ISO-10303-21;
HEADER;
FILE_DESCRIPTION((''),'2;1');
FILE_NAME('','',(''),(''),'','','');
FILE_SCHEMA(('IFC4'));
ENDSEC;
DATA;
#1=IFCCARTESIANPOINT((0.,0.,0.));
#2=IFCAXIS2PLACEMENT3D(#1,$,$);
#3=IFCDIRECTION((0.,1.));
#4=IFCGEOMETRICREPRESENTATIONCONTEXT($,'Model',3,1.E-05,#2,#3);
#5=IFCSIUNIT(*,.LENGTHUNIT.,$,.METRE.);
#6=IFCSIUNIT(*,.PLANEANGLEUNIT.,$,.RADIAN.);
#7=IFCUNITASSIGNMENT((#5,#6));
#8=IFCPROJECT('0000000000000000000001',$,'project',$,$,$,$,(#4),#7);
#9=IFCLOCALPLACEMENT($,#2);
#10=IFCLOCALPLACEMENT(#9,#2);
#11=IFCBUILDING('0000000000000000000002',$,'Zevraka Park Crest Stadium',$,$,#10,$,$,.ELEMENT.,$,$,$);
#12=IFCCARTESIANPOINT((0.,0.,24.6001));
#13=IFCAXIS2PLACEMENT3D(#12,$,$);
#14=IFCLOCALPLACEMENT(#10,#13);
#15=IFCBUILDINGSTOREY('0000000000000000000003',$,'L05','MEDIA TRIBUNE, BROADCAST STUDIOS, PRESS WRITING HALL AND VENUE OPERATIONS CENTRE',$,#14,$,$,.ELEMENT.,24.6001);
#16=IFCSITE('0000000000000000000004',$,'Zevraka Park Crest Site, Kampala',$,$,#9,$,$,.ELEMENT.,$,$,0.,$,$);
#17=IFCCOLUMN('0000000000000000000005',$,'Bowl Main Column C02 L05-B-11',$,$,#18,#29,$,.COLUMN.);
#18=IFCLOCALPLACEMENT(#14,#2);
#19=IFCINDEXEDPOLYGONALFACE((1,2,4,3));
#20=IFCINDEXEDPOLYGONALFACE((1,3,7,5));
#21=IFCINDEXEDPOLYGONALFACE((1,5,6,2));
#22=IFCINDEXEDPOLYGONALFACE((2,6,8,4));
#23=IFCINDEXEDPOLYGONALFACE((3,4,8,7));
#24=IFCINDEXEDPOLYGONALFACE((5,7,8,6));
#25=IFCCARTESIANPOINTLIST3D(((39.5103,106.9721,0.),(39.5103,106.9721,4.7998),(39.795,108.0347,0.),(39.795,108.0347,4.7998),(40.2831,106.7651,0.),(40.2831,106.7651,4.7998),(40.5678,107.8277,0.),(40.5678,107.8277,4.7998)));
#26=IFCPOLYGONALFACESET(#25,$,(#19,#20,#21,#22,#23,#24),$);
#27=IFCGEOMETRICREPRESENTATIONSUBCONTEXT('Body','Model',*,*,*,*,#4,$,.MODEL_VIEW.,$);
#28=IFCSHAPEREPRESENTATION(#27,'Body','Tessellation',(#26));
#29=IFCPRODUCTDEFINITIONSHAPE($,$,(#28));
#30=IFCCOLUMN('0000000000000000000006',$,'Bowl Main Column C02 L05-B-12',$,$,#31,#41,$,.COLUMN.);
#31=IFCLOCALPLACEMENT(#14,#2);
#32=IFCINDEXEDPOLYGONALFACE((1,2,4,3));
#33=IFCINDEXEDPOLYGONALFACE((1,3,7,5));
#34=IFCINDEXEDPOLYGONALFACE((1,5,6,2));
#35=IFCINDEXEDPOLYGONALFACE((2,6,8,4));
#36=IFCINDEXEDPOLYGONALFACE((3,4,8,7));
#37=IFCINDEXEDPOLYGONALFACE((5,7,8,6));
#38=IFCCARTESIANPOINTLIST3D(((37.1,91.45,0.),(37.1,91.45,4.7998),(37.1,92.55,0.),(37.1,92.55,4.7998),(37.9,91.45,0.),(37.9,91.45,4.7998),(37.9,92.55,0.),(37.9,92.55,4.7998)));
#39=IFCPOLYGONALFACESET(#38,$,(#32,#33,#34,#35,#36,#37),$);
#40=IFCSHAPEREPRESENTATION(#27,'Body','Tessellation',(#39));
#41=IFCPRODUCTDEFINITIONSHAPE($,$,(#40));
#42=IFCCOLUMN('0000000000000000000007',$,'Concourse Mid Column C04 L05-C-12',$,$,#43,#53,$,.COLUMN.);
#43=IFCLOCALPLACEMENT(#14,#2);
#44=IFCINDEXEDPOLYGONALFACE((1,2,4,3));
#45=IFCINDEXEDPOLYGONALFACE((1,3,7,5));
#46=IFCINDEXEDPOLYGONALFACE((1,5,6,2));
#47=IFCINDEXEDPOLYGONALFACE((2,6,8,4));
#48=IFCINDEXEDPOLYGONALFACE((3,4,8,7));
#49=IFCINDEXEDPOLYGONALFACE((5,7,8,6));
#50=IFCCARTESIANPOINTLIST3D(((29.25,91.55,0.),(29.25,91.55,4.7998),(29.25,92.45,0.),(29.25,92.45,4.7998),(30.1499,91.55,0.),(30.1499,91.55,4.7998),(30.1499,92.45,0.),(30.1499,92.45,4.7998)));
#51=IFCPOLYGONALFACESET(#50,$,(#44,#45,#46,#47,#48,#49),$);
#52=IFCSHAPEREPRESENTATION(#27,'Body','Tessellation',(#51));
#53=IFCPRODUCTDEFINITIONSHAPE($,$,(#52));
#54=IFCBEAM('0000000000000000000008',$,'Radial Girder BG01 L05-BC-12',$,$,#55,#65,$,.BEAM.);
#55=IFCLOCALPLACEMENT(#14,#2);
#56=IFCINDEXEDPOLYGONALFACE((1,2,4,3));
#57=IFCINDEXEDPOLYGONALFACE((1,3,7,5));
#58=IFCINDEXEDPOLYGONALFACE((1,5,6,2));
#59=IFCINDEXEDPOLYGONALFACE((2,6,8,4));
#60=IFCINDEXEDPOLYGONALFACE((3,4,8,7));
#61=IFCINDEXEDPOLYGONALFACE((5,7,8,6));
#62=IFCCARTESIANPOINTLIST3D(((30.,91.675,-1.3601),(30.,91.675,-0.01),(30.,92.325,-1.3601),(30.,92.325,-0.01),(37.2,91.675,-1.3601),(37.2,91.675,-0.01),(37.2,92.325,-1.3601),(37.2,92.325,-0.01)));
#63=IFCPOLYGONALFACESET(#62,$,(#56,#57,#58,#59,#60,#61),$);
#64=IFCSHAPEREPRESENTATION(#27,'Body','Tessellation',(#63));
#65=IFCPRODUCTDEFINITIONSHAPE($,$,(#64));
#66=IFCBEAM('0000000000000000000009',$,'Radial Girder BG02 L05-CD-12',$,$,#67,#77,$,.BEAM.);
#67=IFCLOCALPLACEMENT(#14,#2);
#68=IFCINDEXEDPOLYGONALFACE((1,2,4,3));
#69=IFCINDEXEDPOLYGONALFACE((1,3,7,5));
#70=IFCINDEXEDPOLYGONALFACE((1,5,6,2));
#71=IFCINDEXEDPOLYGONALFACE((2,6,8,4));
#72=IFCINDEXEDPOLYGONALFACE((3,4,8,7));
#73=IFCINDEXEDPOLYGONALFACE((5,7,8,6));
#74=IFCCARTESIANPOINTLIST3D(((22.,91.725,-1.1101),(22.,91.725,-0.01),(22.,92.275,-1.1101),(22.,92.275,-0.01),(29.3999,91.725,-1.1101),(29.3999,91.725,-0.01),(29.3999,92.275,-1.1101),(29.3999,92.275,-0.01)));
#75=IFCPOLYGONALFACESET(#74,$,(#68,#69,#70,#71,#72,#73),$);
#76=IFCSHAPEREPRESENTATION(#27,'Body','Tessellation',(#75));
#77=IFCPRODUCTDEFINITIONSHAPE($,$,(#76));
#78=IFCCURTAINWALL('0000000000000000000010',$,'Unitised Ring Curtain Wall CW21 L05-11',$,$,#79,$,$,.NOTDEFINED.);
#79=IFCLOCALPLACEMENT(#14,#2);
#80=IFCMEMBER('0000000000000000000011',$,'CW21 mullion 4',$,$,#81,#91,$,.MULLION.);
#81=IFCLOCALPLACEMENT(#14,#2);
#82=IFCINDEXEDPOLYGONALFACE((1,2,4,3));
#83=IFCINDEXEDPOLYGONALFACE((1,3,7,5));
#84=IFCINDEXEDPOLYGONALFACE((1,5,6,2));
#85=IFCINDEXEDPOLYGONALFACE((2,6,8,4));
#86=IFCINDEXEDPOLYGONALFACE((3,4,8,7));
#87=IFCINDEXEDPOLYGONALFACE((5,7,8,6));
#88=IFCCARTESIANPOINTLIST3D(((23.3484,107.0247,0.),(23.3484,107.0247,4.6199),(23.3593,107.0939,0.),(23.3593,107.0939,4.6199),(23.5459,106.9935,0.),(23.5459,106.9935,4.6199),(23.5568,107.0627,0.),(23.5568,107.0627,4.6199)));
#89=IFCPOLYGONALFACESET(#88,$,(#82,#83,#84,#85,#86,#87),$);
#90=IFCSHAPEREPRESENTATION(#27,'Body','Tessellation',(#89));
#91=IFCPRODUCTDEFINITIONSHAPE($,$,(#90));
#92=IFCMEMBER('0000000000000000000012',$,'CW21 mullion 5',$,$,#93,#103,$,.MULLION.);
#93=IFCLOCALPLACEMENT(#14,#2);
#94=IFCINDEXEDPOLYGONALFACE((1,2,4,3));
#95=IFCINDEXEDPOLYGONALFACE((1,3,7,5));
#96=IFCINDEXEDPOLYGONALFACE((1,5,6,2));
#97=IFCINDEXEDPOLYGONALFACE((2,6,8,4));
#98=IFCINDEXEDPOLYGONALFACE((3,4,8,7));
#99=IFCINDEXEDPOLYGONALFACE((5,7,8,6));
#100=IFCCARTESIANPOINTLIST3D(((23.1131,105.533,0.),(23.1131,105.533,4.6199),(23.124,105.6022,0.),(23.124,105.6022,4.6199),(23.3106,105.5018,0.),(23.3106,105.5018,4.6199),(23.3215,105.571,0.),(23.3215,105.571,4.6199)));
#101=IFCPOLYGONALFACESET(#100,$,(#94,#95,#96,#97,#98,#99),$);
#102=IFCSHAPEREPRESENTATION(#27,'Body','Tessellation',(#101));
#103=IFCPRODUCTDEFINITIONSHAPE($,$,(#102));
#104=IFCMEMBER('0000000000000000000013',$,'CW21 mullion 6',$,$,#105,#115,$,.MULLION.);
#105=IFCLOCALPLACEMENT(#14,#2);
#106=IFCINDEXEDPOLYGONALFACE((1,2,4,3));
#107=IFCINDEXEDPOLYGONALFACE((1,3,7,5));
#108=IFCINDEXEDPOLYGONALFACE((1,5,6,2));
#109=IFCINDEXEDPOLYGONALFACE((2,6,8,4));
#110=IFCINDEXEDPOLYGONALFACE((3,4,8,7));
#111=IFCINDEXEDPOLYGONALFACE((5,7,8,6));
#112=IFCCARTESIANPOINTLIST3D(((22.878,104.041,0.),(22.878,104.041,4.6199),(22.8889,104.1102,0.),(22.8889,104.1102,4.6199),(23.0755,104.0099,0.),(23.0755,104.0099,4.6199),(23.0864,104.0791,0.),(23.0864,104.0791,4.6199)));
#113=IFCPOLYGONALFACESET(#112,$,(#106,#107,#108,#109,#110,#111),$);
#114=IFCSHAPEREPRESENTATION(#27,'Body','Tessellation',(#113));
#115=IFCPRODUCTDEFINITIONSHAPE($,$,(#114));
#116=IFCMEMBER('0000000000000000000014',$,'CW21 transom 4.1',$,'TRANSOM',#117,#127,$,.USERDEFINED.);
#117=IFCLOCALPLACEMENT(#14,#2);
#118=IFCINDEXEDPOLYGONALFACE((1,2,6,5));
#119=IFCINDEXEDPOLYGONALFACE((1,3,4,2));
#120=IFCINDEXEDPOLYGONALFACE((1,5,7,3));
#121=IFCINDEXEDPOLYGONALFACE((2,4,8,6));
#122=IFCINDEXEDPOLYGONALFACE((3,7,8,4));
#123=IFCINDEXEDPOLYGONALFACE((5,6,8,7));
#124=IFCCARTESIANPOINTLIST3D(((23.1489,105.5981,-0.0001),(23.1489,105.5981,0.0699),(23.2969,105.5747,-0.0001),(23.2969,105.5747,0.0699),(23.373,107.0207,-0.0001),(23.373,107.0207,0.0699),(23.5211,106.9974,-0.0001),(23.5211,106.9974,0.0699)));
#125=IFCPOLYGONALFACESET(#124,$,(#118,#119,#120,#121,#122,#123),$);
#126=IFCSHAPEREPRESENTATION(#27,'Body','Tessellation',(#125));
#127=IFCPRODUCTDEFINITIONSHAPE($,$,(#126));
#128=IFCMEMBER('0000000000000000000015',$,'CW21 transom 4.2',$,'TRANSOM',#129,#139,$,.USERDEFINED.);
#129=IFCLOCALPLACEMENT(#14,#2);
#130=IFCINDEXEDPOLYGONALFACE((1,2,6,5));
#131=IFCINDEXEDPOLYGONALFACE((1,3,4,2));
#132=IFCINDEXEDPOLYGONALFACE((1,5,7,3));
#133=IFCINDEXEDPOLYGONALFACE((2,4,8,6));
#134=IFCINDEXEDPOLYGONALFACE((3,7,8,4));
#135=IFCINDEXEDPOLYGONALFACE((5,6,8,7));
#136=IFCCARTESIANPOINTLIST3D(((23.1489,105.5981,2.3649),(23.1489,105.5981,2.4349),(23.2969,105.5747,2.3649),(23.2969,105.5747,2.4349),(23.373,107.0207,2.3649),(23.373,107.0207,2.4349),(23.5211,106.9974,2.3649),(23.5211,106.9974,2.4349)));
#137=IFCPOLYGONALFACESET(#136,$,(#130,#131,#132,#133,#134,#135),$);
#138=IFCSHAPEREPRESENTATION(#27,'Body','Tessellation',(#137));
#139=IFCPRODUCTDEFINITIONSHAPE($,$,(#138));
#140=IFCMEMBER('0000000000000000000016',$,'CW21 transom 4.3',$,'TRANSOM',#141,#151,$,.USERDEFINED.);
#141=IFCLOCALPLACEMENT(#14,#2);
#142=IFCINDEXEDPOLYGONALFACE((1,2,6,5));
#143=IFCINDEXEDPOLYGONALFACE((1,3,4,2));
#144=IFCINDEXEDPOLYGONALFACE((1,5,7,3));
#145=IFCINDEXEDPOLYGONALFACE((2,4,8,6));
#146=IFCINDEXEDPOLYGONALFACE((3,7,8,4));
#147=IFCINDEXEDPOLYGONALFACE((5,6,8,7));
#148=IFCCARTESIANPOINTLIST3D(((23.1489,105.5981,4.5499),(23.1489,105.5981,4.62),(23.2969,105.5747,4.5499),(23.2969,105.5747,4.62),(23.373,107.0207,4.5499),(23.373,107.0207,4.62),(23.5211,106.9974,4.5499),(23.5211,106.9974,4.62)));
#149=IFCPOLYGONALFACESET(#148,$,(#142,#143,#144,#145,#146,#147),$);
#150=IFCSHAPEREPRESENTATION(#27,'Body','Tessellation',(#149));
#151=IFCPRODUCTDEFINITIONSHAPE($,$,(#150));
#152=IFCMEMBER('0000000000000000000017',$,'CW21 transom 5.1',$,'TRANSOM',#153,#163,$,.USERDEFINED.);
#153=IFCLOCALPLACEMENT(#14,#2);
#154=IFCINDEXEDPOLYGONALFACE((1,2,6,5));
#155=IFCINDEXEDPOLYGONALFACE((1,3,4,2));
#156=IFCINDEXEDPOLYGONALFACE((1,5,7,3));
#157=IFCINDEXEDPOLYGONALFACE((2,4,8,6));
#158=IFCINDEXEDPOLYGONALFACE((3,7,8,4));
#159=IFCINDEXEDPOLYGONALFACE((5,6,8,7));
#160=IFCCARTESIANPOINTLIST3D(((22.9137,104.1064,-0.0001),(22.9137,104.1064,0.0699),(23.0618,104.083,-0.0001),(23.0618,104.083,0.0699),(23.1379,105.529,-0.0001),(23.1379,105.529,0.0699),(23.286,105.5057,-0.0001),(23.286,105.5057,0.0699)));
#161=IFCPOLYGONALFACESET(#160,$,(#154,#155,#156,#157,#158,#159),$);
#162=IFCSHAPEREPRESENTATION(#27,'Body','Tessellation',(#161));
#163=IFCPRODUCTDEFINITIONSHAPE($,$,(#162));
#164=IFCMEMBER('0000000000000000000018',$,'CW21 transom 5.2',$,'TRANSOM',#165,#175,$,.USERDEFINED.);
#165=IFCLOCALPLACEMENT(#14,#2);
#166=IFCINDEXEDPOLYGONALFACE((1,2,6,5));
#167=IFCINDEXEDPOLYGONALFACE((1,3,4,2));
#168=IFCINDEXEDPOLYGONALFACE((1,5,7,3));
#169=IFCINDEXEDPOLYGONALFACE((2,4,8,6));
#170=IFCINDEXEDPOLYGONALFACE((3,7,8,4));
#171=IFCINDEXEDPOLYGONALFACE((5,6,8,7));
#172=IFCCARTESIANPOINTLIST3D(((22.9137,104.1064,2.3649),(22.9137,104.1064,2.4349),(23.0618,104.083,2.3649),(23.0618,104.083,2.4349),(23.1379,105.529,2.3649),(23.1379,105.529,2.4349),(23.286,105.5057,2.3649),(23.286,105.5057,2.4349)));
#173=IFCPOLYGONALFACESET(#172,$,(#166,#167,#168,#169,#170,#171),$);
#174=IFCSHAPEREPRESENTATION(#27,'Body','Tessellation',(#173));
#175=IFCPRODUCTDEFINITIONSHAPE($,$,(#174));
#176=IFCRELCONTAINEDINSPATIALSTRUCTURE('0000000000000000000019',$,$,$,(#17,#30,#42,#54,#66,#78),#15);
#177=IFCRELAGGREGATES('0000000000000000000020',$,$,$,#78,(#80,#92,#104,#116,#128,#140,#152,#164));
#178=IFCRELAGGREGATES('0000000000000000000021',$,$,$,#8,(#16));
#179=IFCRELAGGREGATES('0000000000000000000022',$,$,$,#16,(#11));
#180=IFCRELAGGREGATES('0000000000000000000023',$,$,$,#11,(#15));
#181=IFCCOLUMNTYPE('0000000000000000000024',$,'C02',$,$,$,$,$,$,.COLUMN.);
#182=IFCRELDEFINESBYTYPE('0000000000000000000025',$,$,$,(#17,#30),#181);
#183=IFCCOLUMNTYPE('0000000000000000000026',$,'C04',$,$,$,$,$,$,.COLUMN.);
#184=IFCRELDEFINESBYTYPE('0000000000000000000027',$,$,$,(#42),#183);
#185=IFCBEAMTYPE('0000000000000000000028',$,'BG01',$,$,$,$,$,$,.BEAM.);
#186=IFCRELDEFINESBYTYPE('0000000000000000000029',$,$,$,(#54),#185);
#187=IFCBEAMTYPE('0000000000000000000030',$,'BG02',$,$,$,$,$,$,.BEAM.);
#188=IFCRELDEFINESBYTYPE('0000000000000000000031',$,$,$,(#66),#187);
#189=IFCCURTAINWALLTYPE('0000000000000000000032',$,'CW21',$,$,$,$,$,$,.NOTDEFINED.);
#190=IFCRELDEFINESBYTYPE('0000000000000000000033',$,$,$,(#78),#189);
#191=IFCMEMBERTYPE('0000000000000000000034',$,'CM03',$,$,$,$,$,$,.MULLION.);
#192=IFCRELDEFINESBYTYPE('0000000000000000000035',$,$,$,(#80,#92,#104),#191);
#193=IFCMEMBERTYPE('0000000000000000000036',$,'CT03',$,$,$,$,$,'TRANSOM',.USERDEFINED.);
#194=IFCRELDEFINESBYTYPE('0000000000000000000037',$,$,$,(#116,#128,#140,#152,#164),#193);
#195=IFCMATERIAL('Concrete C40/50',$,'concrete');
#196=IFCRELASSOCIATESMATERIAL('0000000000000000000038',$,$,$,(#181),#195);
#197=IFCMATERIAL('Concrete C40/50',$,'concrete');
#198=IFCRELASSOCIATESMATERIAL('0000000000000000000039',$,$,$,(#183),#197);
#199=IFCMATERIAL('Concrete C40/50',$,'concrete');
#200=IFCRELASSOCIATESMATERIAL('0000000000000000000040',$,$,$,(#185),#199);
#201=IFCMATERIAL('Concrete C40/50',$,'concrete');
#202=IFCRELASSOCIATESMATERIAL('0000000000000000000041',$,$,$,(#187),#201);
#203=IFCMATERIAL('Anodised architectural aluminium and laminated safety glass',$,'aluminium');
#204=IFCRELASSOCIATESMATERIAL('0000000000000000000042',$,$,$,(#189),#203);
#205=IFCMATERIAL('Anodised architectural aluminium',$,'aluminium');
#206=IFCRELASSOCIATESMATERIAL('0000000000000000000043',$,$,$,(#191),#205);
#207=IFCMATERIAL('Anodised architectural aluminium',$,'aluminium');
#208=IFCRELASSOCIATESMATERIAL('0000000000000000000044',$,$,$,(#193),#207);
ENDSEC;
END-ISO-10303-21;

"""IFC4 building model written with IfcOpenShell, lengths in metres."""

from ifc_helpers import new_model, si_unit, direction, frame, origin, origin_2d, place, context, subcontext, project, spatial, rectangle, extrude, material, material_profile, profile_set, type_object, element, aggregate, save


model = new_model("IFC4")

# Units and contexts
model_context = context("Model", 3, precision=1e-05, world=origin(), true_north=direction((0.0, 1.0)))
body_context = subcontext(model_context, "Body", "Model", "MODEL_VIEW")
ifc_project = project(units=[si_unit("LENGTHUNIT", "METRE"), si_unit("PLANEANGLEUNIT", "RADIAN")], contexts=[model_context])

# Site, building, storey
site_placement = place(None, origin())
site = spatial("IfcSite", under=ifc_project, at=site_placement, Name="Zevraka Park Crest Site, Kampala", CompositionType="ELEMENT", RefElevation=0.0)
building_placement = place(site_placement, origin())
building = spatial("IfcBuilding", under=site, at=building_placement, Name="Zevraka Park Crest Stadium", CompositionType="ELEMENT")
storey_placement = place(building_placement, frame((0.0, 0.0, 24.6001)))
storey = spatial("IfcBuildingStorey", under=building, at=storey_placement, Name="L05", Description="MEDIA TRIBUNE, BROADCAST STUDIOS, PRESS WRITING HALL AND VENUE OPERATIONS CENTRE", CompositionType="ELEMENT", Elevation=24.6001)

# Columns
ifc_material_1 = material(Name="Concrete C40/50", Category="concrete")
ifc_material_profile_1 = material_profile(ifc_material_1, rectangle(XDim=0.8, YDim=1.1001, at=origin_2d()), Name="RC 1100x800")
ifc_profile_set_1 = profile_set([ifc_material_profile_1], Name="Concrete C40/50")
column_type_1 = type_object("IfcColumnType", Name="C02", PredefinedType="COLUMN", material=ifc_profile_set_1)
for number, where, z_axis, x_axis, name in (
    (1, (40.0391, 107.3999, 0.0), (0.0, 0.0, 1.0), (-0.965926, 0.258819, 0.0), "Bowl Main Column C02 L05-B-11"),
    (2, (37.5, 92.0, 0.0), (0.0, 0.0, 1.0), (1.0, 0.0, 0.0), "Bowl Main Column C02 L05-B-12"),
):
    element("IfcColumn", number, at=place(storey_placement, frame(where, z_axis=z_axis, x_axis=x_axis)), inside=storey, type_object=column_type_1, Name=name, PredefinedType="COLUMN", context=body_context, shape_type="SweptSolid", body=[
        extrude(rectangle(XDim=0.8, YDim=1.1001, at=origin_2d()), origin(), (0.0, 0.0, 1.0), 4.7998),
    ])
ifc_material_2 = material(Name="Concrete C40/50", Category="concrete")
ifc_material_profile_2 = material_profile(ifc_material_2, rectangle(XDim=0.8999, YDim=0.8999, at=origin_2d()), Name="RC 900x900")
ifc_profile_set_2 = profile_set([ifc_material_profile_2], Name="Concrete C40/50")
column_type_2 = type_object("IfcColumnType", Name="C04", PredefinedType="COLUMN", material=ifc_profile_set_2)
column_placement = place(storey_placement, frame((29.7, 92.0, 0.0), z_axis=(0.0, 0.0, 1.0), x_axis=(1.0, 0.0, 0.0)))
element("IfcColumn", 3, at=column_placement, inside=storey, type_object=column_type_2, Name="Concourse Mid Column C04 L05-C-12", PredefinedType="COLUMN", context=body_context, shape_type="SweptSolid", body=[
    extrude(rectangle(XDim=0.8999, YDim=0.8999, at=origin_2d()), origin(), (0.0, 0.0, 1.0), 4.7998),
])

# Beams
ifc_material_3 = material(Name="Concrete C40/50", Category="concrete")
ifc_material_profile_3 = material_profile(ifc_material_3, rectangle(XDim=0.6499, YDim=1.3501, at=origin_2d()), Name="RC 1350x650")
ifc_profile_set_3 = profile_set([ifc_material_profile_3], Name="Concrete C40/50")
beam_type_1 = type_object("IfcBeamType", Name="BG01", PredefinedType="BEAM", material=ifc_profile_set_3)
beam_1_placement = place(storey_placement, frame((37.2, 92.0, -0.6851), z_axis=(-1.0, 0.0, 0.0), x_axis=(0.0, -1.0, 0.0)))
element("IfcBeam", 4, at=beam_1_placement, inside=storey, type_object=beam_type_1, Name="Radial Girder BG01 L05-BC-12", PredefinedType="BEAM", context=body_context, shape_type="SweptSolid", body=[
    extrude(rectangle(XDim=0.6499, YDim=1.3501, at=origin_2d()), origin(), (0.0, 0.0, 1.0), 7.2),
])
ifc_material_4 = material(Name="Concrete C40/50", Category="concrete")
ifc_material_profile_4 = material_profile(ifc_material_4, rectangle(XDim=0.55, YDim=1.1001, at=origin_2d()), Name="RC 1100x550")
ifc_profile_set_4 = profile_set([ifc_material_profile_4], Name="Concrete C40/50")
beam_type_2 = type_object("IfcBeamType", Name="BG02", PredefinedType="BEAM", material=ifc_profile_set_4)
beam_2_placement = place(storey_placement, frame((29.3999, 92.0, -0.5601), z_axis=(-1.0, 0.0, 0.0), x_axis=(0.0, -1.0, 0.0)))
element("IfcBeam", 5, at=beam_2_placement, inside=storey, type_object=beam_type_2, Name="Radial Girder BG02 L05-CD-12", PredefinedType="BEAM", context=body_context, shape_type="SweptSolid", body=[
    extrude(rectangle(XDim=0.55, YDim=1.1001, at=origin_2d()), origin(), (0.0, 0.0, 1.0), 7.3999),
])

# Curtain wall, members
ifc_material_5 = material(Name="Anodised architectural aluminium and laminated safety glass", Category="aluminium")
curtain_wall_type = type_object("IfcCurtainWallType", Name="CW21", PredefinedType="NOTDEFINED", material=ifc_material_5)
curtain_wall_placement = place(storey_placement, origin())
curtain_wall = element("IfcCurtainWall", 6, at=curtain_wall_placement, inside=storey, type_object=curtain_wall_type, Name="Unitised Ring Curtain Wall CW21 L05-11", PredefinedType="NOTDEFINED")
ifc_material_6 = material(Name="Anodised architectural aluminium", Category="aluminium")
ifc_material_profile_5 = material_profile(ifc_material_6, rectangle(XDim=0.2, YDim=0.0701, at=origin_2d()), Name="ALU MULLION 200x70")
ifc_profile_set_5 = profile_set([ifc_material_profile_5], Name="Anodised architectural aluminium")
member_type_1 = type_object("IfcMemberType", Name="CM03", PredefinedType="MULLION", material=ifc_profile_set_5)
member_1_placement = place(storey_placement, frame((23.4526, 107.0437, 0.0), z_axis=(0.0, 0.0, 1.0), x_axis=(0.987803, -0.155711, 0.0)))
member_1 = element("IfcMember", 7, at=member_1_placement, type_object=member_type_1, Name="CW21 mullion 4", PredefinedType="MULLION", context=body_context, shape_type="SweptSolid", body=[
    extrude(rectangle(XDim=0.2, YDim=0.0701, at=origin_2d()), origin(), (0.0, 0.0, 1.0), 4.6199),
])
member_2_placement = place(storey_placement, frame((23.2173, 105.552, 0.0), z_axis=(0.0, 0.0, 1.0), x_axis=(0.987803, -0.155711, 0.0)))
member_2 = element("IfcMember", 8, at=member_2_placement, type_object=member_type_1, Name="CW21 mullion 5", PredefinedType="MULLION", context=body_context, shape_type="SweptSolid", body=[
    extrude(rectangle(XDim=0.2, YDim=0.0701, at=origin_2d()), origin(), (0.0, 0.0, 1.0), 4.6199),
])
member_3_placement = place(storey_placement, frame((22.9822, 104.0601, 0.0), z_axis=(0.0, 0.0, 1.0), x_axis=(0.987803, -0.155711, 0.0)))
member_3 = element("IfcMember", 9, at=member_3_placement, type_object=member_type_1, Name="CW21 mullion 6", PredefinedType="MULLION", context=body_context, shape_type="SweptSolid", body=[
    extrude(rectangle(XDim=0.2, YDim=0.0701, at=origin_2d()), origin(), (0.0, 0.0, 1.0), 4.6199),
])
ifc_material_7 = material(Name="Anodised architectural aluminium", Category="aluminium")
ifc_material_profile_6 = material_profile(ifc_material_7, rectangle(XDim=0.1499, YDim=0.0701, at=origin_2d()), Name="ALU TRANSOM 150x70")
ifc_profile_set_6 = profile_set([ifc_material_profile_6], Name="Anodised architectural aluminium")
member_type_2 = type_object("IfcMemberType", Name="CT03", ElementType="TRANSOM", PredefinedType="USERDEFINED", material=ifc_profile_set_6)
member_4_placement = place(storey_placement, frame((23.447, 107.009, 0.0349), z_axis=(-0.155623, -0.987817, 0.0), x_axis=(0.987817, -0.155623, 0.0)))
member_4 = element("IfcMember", 10, at=member_4_placement, type_object=member_type_2, Name="CW21 transom 4.1", ObjectType="TRANSOM", PredefinedType="USERDEFINED", context=body_context, shape_type="SweptSolid", body=[
    extrude(rectangle(XDim=0.1499, YDim=0.0701, at=origin_2d()), origin(), (0.0, 0.0, 1.0), 1.4402),
])
member_5_placement = place(storey_placement, frame((23.447, 107.009, 2.3999), z_axis=(-0.155623, -0.987817, 0.0), x_axis=(0.987817, -0.155623, 0.0)))
member_5 = element("IfcMember", 11, at=member_5_placement, type_object=member_type_2, Name="CW21 transom 4.2", ObjectType="TRANSOM", PredefinedType="USERDEFINED", context=body_context, shape_type="SweptSolid", body=[
    extrude(rectangle(XDim=0.1499, YDim=0.0701, at=origin_2d()), origin(), (0.0, 0.0, 1.0), 1.4402),
])
member_6_placement = place(storey_placement, frame((23.447, 107.009, 4.585), z_axis=(-0.155623, -0.987817, 0.0), x_axis=(0.987817, -0.155623, 0.0)))
member_6 = element("IfcMember", 12, at=member_6_placement, type_object=member_type_2, Name="CW21 transom 4.3", ObjectType="TRANSOM", PredefinedType="USERDEFINED", context=body_context, shape_type="SweptSolid", body=[
    extrude(rectangle(XDim=0.1499, YDim=0.0701, at=origin_2d()), origin(), (0.0, 0.0, 1.0), 1.4402),
])
member_7_placement = place(storey_placement, frame((23.2119, 105.5173, 0.0349), z_axis=(-0.155623, -0.987817, 0.0), x_axis=(0.987817, -0.155623, 0.0)))
member_7 = element("IfcMember", 13, at=member_7_placement, type_object=member_type_2, Name="CW21 transom 5.1", ObjectType="TRANSOM", PredefinedType="USERDEFINED", context=body_context, shape_type="SweptSolid", body=[
    extrude(rectangle(XDim=0.1499, YDim=0.0701, at=origin_2d()), origin(), (0.0, 0.0, 1.0), 1.4402),
])
member_8_placement = place(storey_placement, frame((23.2119, 105.5173, 2.3999), z_axis=(-0.155623, -0.987817, 0.0), x_axis=(0.987817, -0.155623, 0.0)))
member_8 = element("IfcMember", 14, at=member_8_placement, type_object=member_type_2, Name="CW21 transom 5.2", ObjectType="TRANSOM", PredefinedType="USERDEFINED", context=body_context, shape_type="SweptSolid", body=[
    extrude(rectangle(XDim=0.1499, YDim=0.0701, at=origin_2d()), origin(), (0.0, 0.0, 1.0), 1.4402),
])

aggregate(curtain_wall, [member_1, member_2, member_3, member_4, member_5, member_6, member_7, member_8])

save(model, "model.ifc")
